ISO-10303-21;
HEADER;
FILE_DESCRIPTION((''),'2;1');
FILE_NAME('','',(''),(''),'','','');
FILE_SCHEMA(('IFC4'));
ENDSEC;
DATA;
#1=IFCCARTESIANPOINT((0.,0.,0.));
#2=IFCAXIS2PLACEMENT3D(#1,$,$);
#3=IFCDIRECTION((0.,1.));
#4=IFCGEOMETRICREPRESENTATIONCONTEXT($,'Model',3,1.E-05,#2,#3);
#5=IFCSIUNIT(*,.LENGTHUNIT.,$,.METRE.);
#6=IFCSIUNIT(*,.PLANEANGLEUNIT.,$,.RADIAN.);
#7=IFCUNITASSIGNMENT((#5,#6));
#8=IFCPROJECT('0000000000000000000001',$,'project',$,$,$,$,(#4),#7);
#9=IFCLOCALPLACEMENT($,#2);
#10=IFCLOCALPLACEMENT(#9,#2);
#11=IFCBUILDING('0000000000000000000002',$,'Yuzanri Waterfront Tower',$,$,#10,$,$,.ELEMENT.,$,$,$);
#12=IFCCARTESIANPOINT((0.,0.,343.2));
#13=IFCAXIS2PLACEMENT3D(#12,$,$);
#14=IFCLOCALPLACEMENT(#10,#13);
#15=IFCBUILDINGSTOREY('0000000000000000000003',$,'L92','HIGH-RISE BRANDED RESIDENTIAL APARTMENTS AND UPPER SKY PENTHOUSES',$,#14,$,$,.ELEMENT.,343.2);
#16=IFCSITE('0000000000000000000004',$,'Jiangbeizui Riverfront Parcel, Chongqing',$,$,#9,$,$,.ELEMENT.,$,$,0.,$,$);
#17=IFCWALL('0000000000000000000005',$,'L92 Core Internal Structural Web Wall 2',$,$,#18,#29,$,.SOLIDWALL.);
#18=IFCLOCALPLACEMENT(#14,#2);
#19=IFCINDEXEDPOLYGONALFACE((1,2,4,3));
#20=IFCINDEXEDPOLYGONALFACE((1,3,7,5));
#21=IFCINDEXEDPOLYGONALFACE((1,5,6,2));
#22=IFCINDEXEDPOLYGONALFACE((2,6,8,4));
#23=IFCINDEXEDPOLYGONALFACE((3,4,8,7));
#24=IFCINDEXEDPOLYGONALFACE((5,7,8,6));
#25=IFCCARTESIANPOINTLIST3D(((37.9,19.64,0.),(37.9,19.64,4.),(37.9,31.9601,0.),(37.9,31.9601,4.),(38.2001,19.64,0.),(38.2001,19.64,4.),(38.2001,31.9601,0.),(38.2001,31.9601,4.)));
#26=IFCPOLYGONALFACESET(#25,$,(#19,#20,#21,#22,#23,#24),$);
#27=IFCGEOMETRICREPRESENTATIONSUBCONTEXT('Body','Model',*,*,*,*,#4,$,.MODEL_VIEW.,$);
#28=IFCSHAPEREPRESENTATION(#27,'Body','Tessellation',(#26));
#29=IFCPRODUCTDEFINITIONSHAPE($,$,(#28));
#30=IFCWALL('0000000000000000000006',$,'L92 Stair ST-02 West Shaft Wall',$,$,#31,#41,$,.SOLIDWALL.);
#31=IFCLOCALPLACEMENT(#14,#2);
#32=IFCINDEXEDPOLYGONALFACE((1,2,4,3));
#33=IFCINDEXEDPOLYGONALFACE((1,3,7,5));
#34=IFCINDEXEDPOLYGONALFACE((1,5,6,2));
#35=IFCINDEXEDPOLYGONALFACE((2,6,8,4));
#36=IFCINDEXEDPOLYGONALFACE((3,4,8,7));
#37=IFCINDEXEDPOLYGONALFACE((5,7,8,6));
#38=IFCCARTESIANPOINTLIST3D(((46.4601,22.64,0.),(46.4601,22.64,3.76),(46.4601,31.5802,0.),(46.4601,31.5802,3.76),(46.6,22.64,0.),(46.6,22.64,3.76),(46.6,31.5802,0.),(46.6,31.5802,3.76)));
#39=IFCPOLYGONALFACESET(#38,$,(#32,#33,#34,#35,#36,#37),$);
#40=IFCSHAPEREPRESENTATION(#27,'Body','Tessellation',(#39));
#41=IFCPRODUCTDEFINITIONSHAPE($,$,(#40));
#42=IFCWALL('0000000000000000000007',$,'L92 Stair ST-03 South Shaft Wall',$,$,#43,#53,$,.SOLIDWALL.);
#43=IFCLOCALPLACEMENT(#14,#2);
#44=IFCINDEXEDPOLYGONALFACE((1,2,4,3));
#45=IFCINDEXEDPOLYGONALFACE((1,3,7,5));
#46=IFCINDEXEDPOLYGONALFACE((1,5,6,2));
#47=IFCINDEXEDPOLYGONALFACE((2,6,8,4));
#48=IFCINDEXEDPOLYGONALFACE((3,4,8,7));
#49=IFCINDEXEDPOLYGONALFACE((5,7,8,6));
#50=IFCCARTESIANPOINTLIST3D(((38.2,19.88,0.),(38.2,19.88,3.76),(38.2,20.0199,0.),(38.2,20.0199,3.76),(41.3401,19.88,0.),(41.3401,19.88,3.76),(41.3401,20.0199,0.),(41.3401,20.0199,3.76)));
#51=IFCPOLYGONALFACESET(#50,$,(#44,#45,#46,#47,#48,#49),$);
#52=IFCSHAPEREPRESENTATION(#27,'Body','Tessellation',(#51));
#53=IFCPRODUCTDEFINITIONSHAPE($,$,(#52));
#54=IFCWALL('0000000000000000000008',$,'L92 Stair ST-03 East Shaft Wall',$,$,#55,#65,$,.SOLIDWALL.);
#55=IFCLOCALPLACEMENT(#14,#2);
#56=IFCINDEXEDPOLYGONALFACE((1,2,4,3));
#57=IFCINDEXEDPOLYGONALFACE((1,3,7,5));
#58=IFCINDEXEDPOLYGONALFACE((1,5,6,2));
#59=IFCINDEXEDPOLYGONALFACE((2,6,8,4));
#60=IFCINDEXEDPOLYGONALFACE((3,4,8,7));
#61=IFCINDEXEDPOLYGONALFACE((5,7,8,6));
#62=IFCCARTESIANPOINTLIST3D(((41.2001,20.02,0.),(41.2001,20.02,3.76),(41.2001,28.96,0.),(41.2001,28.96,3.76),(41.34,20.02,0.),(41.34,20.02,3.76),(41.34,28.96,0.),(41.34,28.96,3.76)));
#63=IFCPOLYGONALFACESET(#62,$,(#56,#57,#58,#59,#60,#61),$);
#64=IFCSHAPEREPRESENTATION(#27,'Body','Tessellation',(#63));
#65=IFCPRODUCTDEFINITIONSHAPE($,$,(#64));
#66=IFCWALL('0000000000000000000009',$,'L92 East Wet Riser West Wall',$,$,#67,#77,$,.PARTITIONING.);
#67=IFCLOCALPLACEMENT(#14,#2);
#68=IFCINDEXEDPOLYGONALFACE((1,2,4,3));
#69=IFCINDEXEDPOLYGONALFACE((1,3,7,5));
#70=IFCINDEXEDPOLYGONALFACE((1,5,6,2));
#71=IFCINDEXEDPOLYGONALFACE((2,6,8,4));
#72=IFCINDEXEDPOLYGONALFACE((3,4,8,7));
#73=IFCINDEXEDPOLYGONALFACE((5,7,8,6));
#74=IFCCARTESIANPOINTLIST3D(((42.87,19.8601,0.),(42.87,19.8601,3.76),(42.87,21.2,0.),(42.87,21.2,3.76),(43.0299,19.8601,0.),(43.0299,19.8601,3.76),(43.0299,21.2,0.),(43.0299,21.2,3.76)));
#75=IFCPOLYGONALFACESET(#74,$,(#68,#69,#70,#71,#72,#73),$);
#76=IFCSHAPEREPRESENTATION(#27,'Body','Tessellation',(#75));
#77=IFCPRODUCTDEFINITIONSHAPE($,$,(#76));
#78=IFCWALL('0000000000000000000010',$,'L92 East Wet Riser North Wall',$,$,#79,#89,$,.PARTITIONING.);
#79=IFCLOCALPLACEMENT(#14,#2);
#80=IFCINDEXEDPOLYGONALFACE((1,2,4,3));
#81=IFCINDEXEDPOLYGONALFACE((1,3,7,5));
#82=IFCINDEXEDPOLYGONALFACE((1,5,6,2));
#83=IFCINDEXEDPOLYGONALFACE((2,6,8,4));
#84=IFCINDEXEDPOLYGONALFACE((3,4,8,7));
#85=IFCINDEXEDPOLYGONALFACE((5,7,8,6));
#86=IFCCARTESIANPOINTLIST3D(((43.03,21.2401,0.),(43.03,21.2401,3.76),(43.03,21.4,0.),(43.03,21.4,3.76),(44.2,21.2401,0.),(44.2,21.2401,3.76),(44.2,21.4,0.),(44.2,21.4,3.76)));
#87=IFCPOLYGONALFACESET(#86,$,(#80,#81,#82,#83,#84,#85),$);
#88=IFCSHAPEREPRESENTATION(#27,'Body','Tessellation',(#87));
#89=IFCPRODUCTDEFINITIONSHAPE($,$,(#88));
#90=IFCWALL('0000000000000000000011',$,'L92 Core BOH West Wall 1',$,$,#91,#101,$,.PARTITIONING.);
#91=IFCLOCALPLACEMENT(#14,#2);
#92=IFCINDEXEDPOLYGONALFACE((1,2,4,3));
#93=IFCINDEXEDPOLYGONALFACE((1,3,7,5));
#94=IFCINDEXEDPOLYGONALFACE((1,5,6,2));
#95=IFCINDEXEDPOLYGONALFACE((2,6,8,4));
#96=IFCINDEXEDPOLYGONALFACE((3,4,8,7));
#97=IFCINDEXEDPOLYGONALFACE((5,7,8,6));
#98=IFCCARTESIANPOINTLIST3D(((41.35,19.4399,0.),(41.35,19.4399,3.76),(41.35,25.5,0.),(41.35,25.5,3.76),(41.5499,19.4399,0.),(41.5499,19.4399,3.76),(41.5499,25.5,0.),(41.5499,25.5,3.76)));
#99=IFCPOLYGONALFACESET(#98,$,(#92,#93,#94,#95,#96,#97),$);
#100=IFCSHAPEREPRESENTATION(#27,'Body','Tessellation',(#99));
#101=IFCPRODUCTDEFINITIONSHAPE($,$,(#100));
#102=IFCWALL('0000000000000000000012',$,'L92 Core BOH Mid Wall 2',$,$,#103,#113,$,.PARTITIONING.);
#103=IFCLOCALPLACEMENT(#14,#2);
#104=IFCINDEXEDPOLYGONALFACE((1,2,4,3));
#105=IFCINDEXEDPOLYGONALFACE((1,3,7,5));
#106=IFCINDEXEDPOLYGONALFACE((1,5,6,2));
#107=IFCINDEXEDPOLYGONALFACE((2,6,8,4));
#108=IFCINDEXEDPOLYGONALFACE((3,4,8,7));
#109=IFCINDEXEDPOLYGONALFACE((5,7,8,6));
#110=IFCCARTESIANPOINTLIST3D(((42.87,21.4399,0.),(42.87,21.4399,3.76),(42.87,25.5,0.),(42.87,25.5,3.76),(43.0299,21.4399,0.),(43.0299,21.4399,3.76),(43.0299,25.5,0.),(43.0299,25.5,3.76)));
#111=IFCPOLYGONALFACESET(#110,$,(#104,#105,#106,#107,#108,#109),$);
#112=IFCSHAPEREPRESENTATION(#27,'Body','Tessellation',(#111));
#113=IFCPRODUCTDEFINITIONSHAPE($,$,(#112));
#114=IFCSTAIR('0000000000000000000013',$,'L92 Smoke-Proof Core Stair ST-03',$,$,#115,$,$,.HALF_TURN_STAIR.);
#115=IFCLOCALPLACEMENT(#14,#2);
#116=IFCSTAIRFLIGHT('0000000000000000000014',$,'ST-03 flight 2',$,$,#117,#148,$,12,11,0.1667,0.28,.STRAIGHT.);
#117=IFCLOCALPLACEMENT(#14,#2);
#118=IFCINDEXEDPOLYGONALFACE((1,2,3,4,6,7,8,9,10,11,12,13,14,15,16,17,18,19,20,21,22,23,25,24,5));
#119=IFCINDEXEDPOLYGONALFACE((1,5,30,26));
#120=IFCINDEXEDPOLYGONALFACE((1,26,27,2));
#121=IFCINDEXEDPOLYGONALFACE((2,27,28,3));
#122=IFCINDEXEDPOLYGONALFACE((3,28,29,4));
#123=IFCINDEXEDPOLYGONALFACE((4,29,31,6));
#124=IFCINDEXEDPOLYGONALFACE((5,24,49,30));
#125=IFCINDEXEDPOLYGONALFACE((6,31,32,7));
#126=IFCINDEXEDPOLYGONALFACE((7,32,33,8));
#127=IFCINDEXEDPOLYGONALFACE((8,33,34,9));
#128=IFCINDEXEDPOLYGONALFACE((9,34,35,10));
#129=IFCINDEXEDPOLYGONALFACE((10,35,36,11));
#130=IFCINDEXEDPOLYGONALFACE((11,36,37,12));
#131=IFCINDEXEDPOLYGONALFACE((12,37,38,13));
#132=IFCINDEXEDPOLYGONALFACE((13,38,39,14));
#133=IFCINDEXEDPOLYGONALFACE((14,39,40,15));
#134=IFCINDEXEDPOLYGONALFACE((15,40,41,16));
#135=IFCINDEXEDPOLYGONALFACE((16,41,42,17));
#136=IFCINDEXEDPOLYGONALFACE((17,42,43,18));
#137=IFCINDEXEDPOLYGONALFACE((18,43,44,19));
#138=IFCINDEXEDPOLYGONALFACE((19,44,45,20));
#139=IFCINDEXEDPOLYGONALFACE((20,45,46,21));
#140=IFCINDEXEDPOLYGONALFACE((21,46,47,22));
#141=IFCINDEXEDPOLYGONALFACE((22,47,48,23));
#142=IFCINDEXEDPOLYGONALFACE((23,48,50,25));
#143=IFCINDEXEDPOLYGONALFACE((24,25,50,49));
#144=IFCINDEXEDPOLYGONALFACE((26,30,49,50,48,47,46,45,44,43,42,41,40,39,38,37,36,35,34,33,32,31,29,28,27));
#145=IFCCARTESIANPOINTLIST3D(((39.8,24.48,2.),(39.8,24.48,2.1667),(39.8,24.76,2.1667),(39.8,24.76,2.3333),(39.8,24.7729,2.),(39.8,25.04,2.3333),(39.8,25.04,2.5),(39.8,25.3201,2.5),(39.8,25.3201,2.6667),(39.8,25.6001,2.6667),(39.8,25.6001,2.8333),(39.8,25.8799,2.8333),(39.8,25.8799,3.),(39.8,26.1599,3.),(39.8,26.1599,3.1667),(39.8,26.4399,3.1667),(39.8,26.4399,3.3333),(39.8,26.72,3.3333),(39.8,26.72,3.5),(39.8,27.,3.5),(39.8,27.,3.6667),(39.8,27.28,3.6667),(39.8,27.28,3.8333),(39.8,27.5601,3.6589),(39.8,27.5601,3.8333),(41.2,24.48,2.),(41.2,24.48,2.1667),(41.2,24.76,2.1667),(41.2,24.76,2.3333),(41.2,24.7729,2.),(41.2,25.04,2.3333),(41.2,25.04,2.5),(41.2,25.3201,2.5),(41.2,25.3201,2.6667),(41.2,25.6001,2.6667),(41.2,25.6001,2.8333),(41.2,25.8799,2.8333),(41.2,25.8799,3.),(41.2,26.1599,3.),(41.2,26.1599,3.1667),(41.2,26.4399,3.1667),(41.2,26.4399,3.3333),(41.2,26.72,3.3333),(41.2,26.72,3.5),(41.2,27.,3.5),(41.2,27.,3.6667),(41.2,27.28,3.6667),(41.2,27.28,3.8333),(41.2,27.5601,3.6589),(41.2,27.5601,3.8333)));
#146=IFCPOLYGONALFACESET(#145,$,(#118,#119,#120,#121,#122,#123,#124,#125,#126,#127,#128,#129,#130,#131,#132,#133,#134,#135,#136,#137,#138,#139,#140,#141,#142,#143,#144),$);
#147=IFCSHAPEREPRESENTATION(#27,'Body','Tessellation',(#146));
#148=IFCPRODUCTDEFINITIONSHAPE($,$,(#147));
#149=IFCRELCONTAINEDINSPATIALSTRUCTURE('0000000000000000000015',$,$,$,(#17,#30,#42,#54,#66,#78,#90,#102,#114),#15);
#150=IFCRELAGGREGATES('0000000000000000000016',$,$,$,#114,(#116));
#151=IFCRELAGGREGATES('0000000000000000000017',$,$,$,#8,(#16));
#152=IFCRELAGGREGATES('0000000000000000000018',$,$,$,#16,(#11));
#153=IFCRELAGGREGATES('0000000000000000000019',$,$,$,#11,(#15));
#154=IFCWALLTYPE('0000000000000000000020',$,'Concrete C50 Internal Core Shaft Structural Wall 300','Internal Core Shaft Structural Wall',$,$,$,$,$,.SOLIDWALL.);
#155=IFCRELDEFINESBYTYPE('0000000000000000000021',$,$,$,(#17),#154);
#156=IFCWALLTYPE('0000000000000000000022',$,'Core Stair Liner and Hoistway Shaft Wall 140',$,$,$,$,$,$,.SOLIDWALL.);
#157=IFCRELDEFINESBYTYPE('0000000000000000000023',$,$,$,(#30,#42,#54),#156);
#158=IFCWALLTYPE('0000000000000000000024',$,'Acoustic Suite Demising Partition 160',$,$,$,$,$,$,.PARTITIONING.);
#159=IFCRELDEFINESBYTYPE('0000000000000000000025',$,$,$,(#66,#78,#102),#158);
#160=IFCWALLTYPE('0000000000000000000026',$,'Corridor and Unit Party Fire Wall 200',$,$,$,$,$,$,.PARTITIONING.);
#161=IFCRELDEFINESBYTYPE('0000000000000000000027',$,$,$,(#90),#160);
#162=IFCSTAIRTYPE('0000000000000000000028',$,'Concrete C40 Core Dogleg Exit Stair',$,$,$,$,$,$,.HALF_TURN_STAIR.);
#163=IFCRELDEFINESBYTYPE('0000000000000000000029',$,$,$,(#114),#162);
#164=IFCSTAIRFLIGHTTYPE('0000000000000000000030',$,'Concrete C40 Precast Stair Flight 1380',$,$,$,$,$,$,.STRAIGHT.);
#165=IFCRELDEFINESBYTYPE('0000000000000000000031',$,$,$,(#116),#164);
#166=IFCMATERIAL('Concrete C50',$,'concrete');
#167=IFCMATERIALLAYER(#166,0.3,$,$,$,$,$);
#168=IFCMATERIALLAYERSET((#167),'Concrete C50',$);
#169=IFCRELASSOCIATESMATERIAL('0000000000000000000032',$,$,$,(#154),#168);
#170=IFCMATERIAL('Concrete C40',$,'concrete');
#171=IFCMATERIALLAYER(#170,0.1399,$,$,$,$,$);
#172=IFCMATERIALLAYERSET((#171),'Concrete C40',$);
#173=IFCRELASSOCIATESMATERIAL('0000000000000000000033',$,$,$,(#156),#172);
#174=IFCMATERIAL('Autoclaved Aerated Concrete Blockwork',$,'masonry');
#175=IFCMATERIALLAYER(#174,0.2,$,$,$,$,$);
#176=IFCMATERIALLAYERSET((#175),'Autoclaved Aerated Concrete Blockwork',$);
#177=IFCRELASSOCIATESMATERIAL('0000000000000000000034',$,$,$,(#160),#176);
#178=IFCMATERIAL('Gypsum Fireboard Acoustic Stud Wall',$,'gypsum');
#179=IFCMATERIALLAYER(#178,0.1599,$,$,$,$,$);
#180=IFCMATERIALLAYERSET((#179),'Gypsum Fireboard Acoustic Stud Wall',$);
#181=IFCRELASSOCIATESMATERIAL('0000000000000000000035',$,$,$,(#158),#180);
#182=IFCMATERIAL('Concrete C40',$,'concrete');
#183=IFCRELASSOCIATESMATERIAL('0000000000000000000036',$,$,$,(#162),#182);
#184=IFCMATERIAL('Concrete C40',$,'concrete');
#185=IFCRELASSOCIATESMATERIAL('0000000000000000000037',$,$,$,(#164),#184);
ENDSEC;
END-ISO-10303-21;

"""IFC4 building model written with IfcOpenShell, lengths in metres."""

from ifc_helpers import new_model, si_unit, direction, frame, frame_2d, origin, place, context, subcontext, project, spatial, polyline, rectangle, outline, extrude, source, transform, mapped, material, layer, layer_set, type_object, element, aggregate, save


model = new_model("IFC4")

# Units and contexts
model_context = context("Model", 3, precision=1e-05, world=origin(), true_north=direction((0.0, 1.0)))
body_context = subcontext(model_context, "Body", "Model", "MODEL_VIEW")
ifc_project = project(units=[si_unit("LENGTHUNIT", "METRE"), si_unit("PLANEANGLEUNIT", "RADIAN")], contexts=[model_context])

# Site, building, storey
site_placement = place(None, origin())
site = spatial("IfcSite", under=ifc_project, at=site_placement, Name="Jiangbeizui Riverfront Parcel, Chongqing", CompositionType="ELEMENT", RefElevation=0.0)
building_placement = place(site_placement, origin())
building = spatial("IfcBuilding", under=site, at=building_placement, Name="Yuzanri Waterfront Tower", CompositionType="ELEMENT")
storey_placement = place(building_placement, frame((0.0, 0.0, 343.2)))
storey = spatial("IfcBuildingStorey", under=building, at=storey_placement, Name="L92", Description="HIGH-RISE BRANDED RESIDENTIAL APARTMENTS AND UPPER SKY PENTHOUSES", CompositionType="ELEMENT", Elevation=343.2)

# Shared definitions
ifc_material_1 = material(Name="Concrete C50", Category="concrete")
ifc_layer_1 = layer(ifc_material_1, 0.3)
ifc_layer_set_1 = layer_set([ifc_layer_1], Name="Concrete C50")
wall_type_1 = type_object("IfcWallType", Name="Concrete C50 Internal Core Shaft Structural Wall 300", Description="Internal Core Shaft Structural Wall", PredefinedType="SOLIDWALL", material=ifc_layer_set_1)

# Shared definitions
ifc_material_2 = material(Name="Concrete C40", Category="concrete")
ifc_layer_2 = layer(ifc_material_2, 0.1399)
ifc_layer_set_2 = layer_set([ifc_layer_2], Name="Concrete C40")
wall_type_2 = type_object("IfcWallType", Name="Core Stair Liner and Hoistway Shaft Wall 140", PredefinedType="SOLIDWALL", material=ifc_layer_set_2)
ifc_material_3 = material(Name="Autoclaved Aerated Concrete Blockwork", Category="masonry")
ifc_layer_3 = layer(ifc_material_3, 0.2)
ifc_layer_set_3 = layer_set([ifc_layer_3], Name="Autoclaved Aerated Concrete Blockwork")
wall_type_3 = type_object("IfcWallType", Name="Corridor and Unit Party Fire Wall 200", PredefinedType="PARTITIONING", material=ifc_layer_set_3)

# Walls
shared_shape_1 = source(origin(), body_context, "Body", "SweptSolid", [
    extrude(rectangle(XDim=12.3201, YDim=0.3, at=frame_2d((6.1602, 0.0))), origin(), (0.0, 0.0, 1.0), 4.0),
])
wall_1_placement = place(storey_placement, frame((38.05, 19.6399, 0.0), z_axis=(0.0, 0.0, 1.0), x_axis=(0.0, 1.0, 0.0)))
element("IfcWall", 1, at=wall_1_placement, inside=storey, type_object=wall_type_1, Name="L92 Core Internal Structural Web Wall 2", PredefinedType="SOLIDWALL", context=body_context, shape_type="MappedRepresentation", body=[
    mapped(shared_shape_1, transform((0.0, 0.0, 0.0), scale=1.0)),
])
shared_shape_2 = source(origin(), body_context, "Body", "SweptSolid", [
    extrude(rectangle(XDim=8.9402, YDim=0.1399, at=frame_2d((4.4702, 0.0))), origin(), (0.0, 0.0, 1.0), 3.76),
])
wall_2_placement = place(storey_placement, frame((46.53, 22.6399, 0.0), z_axis=(0.0, 0.0, 1.0), x_axis=(0.0, 1.0, 0.0)))
element("IfcWall", 2, at=wall_2_placement, inside=storey, type_object=wall_type_2, Name="L92 Stair ST-02 West Shaft Wall", PredefinedType="SOLIDWALL", context=body_context, shape_type="MappedRepresentation", body=[
    mapped(shared_shape_2, transform((0.0, 0.0, 0.0), scale=1.0)),
])
shared_shape_3 = source(origin(), body_context, "Body", "SweptSolid", [
    extrude(rectangle(XDim=3.1401, YDim=0.1399, at=frame_2d((1.5701, 0.0))), origin(), (0.0, 0.0, 1.0), 3.76),
])
wall_3_placement = place(storey_placement, frame((38.2, 19.95, 0.0), z_axis=(0.0, 0.0, 1.0), x_axis=(1.0, 0.0, 0.0)))
element("IfcWall", 3, at=wall_3_placement, inside=storey, type_object=wall_type_2, Name="L92 Stair ST-03 South Shaft Wall", PredefinedType="SOLIDWALL", context=body_context, shape_type="MappedRepresentation", body=[
    mapped(shared_shape_3, transform((0.0, 0.0, 0.0), scale=1.0)),
])
shared_shape_4 = source(origin(), body_context, "Body", "SweptSolid", [
    extrude(rectangle(XDim=8.9399, YDim=0.1399, at=frame_2d((4.47, 0.0))), origin(), (0.0, 0.0, 1.0), 3.76),
])
wall_4_placement = place(storey_placement, frame((41.27, 20.02, 0.0), z_axis=(0.0, 0.0, 1.0), x_axis=(0.0, 1.0, 0.0)))
element("IfcWall", 4, at=wall_4_placement, inside=storey, type_object=wall_type_2, Name="L92 Stair ST-03 East Shaft Wall", PredefinedType="SOLIDWALL", context=body_context, shape_type="MappedRepresentation", body=[
    mapped(shared_shape_4, transform((0.0, 0.0, 0.0), scale=1.0)),
])
ifc_material_4 = material(Name="Gypsum Fireboard Acoustic Stud Wall", Category="gypsum")
ifc_layer_4 = layer(ifc_material_4, 0.1599)
ifc_layer_set_4 = layer_set([ifc_layer_4], Name="Gypsum Fireboard Acoustic Stud Wall")
wall_type_4 = type_object("IfcWallType", Name="Acoustic Suite Demising Partition 160", PredefinedType="PARTITIONING", material=ifc_layer_set_4)
shared_shape_5 = source(origin(), body_context, "Body", "SweptSolid", [
    extrude(rectangle(XDim=1.3398, YDim=0.1599, at=frame_2d((0.6699, 0.0))), origin(), (0.0, 0.0, 1.0), 3.76),
])
wall_5_placement = place(storey_placement, frame((42.95, 19.8601, 0.0), z_axis=(0.0, 0.0, 1.0), x_axis=(0.0, 1.0, 0.0)))
element("IfcWall", 5, at=wall_5_placement, inside=storey, type_object=wall_type_4, Name="L92 East Wet Riser West Wall", PredefinedType="PARTITIONING", context=body_context, shape_type="MappedRepresentation", body=[
    mapped(shared_shape_5, transform((0.0, 0.0, 0.0), scale=1.0)),
])
shared_shape_6 = source(origin(), body_context, "Body", "SweptSolid", [
    extrude(rectangle(XDim=1.1699, YDim=0.1599, at=frame_2d((0.585, 0.0))), origin(), (0.0, 0.0, 1.0), 3.76),
])
wall_6_placement = place(storey_placement, frame((43.03, 21.3201, 0.0), z_axis=(0.0, 0.0, 1.0), x_axis=(1.0, 0.0, 0.0)))
element("IfcWall", 6, at=wall_6_placement, inside=storey, type_object=wall_type_4, Name="L92 East Wet Riser North Wall", PredefinedType="PARTITIONING", context=body_context, shape_type="MappedRepresentation", body=[
    mapped(shared_shape_6, transform((0.0, 0.0, 0.0), scale=1.0)),
])
shared_shape_7 = source(origin(), body_context, "Body", "SweptSolid", [
    extrude(rectangle(XDim=6.0601, YDim=0.2, at=frame_2d((3.03, 0.0))), origin(), (0.0, 0.0, 1.0), 3.76),
])
wall_7_placement = place(storey_placement, frame((41.45, 19.4399, 0.0), z_axis=(0.0, 0.0, 1.0), x_axis=(0.0, 1.0, 0.0)))
element("IfcWall", 7, at=wall_7_placement, inside=storey, type_object=wall_type_3, Name="L92 Core BOH West Wall 1", PredefinedType="PARTITIONING", context=body_context, shape_type="MappedRepresentation", body=[
    mapped(shared_shape_7, transform((0.0, 0.0, 0.0), scale=1.0)),
])
shared_shape_8 = source(origin(), body_context, "Body", "SweptSolid", [
    extrude(rectangle(XDim=4.0601, YDim=0.1599, at=frame_2d((2.03, 0.0))), origin(), (0.0, 0.0, 1.0), 3.76),
])
wall_8_placement = place(storey_placement, frame((42.95, 21.4399, 0.0), z_axis=(0.0, 0.0, 1.0), x_axis=(0.0, 1.0, 0.0)))
element("IfcWall", 8, at=wall_8_placement, inside=storey, type_object=wall_type_4, Name="L92 Core BOH Mid Wall 2", PredefinedType="PARTITIONING", context=body_context, shape_type="MappedRepresentation", body=[
    mapped(shared_shape_8, transform((0.0, 0.0, 0.0), scale=1.0)),
])

# Stair, stair flight
ifc_material_5 = material(Name="Concrete C40", Category="concrete")
stair_type = type_object("IfcStairType", Name="Concrete C40 Core Dogleg Exit Stair", PredefinedType="HALF_TURN_STAIR", material=ifc_material_5)
stair_placement = place(storey_placement, origin())
stair = element("IfcStair", 9, at=stair_placement, inside=storey, type_object=stair_type, Name="L92 Smoke-Proof Core Stair ST-03", PredefinedType="HALF_TURN_STAIR")
ifc_material_6 = material(Name="Concrete C40", Category="concrete")
stair_flight_type = type_object("IfcStairFlightType", Name="Concrete C40 Precast Stair Flight 1380", PredefinedType="STRAIGHT", material=ifc_material_6)
shared_shape_9 = source(origin(), body_context, "Body", "SweptSolid", [
    extrude(outline(polyline([(0.0, 0.0), (0.0, 0.1667), (0.28, 0.1667), (0.28, 0.3333), (0.5601, 0.3333), (0.5601, 0.5), (0.8401, 0.5), (0.8401, 0.6667), (1.1201, 0.6667), (1.1201, 0.8333), (1.3999, 0.8333), (1.3999, 1.0), (1.6799, 1.0), (1.6799, 1.1667), (1.96, 1.1667), (1.96, 1.3333), (2.24, 1.3333), (2.24, 1.5), (2.52, 1.5), (2.52, 1.6667), (2.8, 1.6667), (2.8, 1.8333), (3.0801, 1.8333), (3.0801, 2.0), (3.0801, 1.6589), (0.293, 0.0), (0.0, 0.0)])), frame((0.0, 0.7, 0.0), z_axis=(0.0, -1.0, 0.0), x_axis=(1.0, 0.0, 0.0)), (0.0, 0.0, 1.0), 1.3999),
])
stair_flight_placement = place(storey_placement, frame((40.5, 24.48, 2.0), z_axis=(0.0, 0.0, 1.0), x_axis=(0.0, 1.0, 0.0)))
stair_flight = element("IfcStairFlight", 10, at=stair_flight_placement, type_object=stair_flight_type, Name="ST-03 flight 2", NumberOfRisers=12, NumberOfTreads=11, PredefinedType="STRAIGHT", RiserHeight=0.1667, TreadLength=0.28, context=body_context, shape_type="MappedRepresentation", body=[
    mapped(shared_shape_9, transform((0.0, 0.0, 0.0), scale=1.0)),
])
aggregate(stair, [stair_flight])

save(model, "model.ifc")
